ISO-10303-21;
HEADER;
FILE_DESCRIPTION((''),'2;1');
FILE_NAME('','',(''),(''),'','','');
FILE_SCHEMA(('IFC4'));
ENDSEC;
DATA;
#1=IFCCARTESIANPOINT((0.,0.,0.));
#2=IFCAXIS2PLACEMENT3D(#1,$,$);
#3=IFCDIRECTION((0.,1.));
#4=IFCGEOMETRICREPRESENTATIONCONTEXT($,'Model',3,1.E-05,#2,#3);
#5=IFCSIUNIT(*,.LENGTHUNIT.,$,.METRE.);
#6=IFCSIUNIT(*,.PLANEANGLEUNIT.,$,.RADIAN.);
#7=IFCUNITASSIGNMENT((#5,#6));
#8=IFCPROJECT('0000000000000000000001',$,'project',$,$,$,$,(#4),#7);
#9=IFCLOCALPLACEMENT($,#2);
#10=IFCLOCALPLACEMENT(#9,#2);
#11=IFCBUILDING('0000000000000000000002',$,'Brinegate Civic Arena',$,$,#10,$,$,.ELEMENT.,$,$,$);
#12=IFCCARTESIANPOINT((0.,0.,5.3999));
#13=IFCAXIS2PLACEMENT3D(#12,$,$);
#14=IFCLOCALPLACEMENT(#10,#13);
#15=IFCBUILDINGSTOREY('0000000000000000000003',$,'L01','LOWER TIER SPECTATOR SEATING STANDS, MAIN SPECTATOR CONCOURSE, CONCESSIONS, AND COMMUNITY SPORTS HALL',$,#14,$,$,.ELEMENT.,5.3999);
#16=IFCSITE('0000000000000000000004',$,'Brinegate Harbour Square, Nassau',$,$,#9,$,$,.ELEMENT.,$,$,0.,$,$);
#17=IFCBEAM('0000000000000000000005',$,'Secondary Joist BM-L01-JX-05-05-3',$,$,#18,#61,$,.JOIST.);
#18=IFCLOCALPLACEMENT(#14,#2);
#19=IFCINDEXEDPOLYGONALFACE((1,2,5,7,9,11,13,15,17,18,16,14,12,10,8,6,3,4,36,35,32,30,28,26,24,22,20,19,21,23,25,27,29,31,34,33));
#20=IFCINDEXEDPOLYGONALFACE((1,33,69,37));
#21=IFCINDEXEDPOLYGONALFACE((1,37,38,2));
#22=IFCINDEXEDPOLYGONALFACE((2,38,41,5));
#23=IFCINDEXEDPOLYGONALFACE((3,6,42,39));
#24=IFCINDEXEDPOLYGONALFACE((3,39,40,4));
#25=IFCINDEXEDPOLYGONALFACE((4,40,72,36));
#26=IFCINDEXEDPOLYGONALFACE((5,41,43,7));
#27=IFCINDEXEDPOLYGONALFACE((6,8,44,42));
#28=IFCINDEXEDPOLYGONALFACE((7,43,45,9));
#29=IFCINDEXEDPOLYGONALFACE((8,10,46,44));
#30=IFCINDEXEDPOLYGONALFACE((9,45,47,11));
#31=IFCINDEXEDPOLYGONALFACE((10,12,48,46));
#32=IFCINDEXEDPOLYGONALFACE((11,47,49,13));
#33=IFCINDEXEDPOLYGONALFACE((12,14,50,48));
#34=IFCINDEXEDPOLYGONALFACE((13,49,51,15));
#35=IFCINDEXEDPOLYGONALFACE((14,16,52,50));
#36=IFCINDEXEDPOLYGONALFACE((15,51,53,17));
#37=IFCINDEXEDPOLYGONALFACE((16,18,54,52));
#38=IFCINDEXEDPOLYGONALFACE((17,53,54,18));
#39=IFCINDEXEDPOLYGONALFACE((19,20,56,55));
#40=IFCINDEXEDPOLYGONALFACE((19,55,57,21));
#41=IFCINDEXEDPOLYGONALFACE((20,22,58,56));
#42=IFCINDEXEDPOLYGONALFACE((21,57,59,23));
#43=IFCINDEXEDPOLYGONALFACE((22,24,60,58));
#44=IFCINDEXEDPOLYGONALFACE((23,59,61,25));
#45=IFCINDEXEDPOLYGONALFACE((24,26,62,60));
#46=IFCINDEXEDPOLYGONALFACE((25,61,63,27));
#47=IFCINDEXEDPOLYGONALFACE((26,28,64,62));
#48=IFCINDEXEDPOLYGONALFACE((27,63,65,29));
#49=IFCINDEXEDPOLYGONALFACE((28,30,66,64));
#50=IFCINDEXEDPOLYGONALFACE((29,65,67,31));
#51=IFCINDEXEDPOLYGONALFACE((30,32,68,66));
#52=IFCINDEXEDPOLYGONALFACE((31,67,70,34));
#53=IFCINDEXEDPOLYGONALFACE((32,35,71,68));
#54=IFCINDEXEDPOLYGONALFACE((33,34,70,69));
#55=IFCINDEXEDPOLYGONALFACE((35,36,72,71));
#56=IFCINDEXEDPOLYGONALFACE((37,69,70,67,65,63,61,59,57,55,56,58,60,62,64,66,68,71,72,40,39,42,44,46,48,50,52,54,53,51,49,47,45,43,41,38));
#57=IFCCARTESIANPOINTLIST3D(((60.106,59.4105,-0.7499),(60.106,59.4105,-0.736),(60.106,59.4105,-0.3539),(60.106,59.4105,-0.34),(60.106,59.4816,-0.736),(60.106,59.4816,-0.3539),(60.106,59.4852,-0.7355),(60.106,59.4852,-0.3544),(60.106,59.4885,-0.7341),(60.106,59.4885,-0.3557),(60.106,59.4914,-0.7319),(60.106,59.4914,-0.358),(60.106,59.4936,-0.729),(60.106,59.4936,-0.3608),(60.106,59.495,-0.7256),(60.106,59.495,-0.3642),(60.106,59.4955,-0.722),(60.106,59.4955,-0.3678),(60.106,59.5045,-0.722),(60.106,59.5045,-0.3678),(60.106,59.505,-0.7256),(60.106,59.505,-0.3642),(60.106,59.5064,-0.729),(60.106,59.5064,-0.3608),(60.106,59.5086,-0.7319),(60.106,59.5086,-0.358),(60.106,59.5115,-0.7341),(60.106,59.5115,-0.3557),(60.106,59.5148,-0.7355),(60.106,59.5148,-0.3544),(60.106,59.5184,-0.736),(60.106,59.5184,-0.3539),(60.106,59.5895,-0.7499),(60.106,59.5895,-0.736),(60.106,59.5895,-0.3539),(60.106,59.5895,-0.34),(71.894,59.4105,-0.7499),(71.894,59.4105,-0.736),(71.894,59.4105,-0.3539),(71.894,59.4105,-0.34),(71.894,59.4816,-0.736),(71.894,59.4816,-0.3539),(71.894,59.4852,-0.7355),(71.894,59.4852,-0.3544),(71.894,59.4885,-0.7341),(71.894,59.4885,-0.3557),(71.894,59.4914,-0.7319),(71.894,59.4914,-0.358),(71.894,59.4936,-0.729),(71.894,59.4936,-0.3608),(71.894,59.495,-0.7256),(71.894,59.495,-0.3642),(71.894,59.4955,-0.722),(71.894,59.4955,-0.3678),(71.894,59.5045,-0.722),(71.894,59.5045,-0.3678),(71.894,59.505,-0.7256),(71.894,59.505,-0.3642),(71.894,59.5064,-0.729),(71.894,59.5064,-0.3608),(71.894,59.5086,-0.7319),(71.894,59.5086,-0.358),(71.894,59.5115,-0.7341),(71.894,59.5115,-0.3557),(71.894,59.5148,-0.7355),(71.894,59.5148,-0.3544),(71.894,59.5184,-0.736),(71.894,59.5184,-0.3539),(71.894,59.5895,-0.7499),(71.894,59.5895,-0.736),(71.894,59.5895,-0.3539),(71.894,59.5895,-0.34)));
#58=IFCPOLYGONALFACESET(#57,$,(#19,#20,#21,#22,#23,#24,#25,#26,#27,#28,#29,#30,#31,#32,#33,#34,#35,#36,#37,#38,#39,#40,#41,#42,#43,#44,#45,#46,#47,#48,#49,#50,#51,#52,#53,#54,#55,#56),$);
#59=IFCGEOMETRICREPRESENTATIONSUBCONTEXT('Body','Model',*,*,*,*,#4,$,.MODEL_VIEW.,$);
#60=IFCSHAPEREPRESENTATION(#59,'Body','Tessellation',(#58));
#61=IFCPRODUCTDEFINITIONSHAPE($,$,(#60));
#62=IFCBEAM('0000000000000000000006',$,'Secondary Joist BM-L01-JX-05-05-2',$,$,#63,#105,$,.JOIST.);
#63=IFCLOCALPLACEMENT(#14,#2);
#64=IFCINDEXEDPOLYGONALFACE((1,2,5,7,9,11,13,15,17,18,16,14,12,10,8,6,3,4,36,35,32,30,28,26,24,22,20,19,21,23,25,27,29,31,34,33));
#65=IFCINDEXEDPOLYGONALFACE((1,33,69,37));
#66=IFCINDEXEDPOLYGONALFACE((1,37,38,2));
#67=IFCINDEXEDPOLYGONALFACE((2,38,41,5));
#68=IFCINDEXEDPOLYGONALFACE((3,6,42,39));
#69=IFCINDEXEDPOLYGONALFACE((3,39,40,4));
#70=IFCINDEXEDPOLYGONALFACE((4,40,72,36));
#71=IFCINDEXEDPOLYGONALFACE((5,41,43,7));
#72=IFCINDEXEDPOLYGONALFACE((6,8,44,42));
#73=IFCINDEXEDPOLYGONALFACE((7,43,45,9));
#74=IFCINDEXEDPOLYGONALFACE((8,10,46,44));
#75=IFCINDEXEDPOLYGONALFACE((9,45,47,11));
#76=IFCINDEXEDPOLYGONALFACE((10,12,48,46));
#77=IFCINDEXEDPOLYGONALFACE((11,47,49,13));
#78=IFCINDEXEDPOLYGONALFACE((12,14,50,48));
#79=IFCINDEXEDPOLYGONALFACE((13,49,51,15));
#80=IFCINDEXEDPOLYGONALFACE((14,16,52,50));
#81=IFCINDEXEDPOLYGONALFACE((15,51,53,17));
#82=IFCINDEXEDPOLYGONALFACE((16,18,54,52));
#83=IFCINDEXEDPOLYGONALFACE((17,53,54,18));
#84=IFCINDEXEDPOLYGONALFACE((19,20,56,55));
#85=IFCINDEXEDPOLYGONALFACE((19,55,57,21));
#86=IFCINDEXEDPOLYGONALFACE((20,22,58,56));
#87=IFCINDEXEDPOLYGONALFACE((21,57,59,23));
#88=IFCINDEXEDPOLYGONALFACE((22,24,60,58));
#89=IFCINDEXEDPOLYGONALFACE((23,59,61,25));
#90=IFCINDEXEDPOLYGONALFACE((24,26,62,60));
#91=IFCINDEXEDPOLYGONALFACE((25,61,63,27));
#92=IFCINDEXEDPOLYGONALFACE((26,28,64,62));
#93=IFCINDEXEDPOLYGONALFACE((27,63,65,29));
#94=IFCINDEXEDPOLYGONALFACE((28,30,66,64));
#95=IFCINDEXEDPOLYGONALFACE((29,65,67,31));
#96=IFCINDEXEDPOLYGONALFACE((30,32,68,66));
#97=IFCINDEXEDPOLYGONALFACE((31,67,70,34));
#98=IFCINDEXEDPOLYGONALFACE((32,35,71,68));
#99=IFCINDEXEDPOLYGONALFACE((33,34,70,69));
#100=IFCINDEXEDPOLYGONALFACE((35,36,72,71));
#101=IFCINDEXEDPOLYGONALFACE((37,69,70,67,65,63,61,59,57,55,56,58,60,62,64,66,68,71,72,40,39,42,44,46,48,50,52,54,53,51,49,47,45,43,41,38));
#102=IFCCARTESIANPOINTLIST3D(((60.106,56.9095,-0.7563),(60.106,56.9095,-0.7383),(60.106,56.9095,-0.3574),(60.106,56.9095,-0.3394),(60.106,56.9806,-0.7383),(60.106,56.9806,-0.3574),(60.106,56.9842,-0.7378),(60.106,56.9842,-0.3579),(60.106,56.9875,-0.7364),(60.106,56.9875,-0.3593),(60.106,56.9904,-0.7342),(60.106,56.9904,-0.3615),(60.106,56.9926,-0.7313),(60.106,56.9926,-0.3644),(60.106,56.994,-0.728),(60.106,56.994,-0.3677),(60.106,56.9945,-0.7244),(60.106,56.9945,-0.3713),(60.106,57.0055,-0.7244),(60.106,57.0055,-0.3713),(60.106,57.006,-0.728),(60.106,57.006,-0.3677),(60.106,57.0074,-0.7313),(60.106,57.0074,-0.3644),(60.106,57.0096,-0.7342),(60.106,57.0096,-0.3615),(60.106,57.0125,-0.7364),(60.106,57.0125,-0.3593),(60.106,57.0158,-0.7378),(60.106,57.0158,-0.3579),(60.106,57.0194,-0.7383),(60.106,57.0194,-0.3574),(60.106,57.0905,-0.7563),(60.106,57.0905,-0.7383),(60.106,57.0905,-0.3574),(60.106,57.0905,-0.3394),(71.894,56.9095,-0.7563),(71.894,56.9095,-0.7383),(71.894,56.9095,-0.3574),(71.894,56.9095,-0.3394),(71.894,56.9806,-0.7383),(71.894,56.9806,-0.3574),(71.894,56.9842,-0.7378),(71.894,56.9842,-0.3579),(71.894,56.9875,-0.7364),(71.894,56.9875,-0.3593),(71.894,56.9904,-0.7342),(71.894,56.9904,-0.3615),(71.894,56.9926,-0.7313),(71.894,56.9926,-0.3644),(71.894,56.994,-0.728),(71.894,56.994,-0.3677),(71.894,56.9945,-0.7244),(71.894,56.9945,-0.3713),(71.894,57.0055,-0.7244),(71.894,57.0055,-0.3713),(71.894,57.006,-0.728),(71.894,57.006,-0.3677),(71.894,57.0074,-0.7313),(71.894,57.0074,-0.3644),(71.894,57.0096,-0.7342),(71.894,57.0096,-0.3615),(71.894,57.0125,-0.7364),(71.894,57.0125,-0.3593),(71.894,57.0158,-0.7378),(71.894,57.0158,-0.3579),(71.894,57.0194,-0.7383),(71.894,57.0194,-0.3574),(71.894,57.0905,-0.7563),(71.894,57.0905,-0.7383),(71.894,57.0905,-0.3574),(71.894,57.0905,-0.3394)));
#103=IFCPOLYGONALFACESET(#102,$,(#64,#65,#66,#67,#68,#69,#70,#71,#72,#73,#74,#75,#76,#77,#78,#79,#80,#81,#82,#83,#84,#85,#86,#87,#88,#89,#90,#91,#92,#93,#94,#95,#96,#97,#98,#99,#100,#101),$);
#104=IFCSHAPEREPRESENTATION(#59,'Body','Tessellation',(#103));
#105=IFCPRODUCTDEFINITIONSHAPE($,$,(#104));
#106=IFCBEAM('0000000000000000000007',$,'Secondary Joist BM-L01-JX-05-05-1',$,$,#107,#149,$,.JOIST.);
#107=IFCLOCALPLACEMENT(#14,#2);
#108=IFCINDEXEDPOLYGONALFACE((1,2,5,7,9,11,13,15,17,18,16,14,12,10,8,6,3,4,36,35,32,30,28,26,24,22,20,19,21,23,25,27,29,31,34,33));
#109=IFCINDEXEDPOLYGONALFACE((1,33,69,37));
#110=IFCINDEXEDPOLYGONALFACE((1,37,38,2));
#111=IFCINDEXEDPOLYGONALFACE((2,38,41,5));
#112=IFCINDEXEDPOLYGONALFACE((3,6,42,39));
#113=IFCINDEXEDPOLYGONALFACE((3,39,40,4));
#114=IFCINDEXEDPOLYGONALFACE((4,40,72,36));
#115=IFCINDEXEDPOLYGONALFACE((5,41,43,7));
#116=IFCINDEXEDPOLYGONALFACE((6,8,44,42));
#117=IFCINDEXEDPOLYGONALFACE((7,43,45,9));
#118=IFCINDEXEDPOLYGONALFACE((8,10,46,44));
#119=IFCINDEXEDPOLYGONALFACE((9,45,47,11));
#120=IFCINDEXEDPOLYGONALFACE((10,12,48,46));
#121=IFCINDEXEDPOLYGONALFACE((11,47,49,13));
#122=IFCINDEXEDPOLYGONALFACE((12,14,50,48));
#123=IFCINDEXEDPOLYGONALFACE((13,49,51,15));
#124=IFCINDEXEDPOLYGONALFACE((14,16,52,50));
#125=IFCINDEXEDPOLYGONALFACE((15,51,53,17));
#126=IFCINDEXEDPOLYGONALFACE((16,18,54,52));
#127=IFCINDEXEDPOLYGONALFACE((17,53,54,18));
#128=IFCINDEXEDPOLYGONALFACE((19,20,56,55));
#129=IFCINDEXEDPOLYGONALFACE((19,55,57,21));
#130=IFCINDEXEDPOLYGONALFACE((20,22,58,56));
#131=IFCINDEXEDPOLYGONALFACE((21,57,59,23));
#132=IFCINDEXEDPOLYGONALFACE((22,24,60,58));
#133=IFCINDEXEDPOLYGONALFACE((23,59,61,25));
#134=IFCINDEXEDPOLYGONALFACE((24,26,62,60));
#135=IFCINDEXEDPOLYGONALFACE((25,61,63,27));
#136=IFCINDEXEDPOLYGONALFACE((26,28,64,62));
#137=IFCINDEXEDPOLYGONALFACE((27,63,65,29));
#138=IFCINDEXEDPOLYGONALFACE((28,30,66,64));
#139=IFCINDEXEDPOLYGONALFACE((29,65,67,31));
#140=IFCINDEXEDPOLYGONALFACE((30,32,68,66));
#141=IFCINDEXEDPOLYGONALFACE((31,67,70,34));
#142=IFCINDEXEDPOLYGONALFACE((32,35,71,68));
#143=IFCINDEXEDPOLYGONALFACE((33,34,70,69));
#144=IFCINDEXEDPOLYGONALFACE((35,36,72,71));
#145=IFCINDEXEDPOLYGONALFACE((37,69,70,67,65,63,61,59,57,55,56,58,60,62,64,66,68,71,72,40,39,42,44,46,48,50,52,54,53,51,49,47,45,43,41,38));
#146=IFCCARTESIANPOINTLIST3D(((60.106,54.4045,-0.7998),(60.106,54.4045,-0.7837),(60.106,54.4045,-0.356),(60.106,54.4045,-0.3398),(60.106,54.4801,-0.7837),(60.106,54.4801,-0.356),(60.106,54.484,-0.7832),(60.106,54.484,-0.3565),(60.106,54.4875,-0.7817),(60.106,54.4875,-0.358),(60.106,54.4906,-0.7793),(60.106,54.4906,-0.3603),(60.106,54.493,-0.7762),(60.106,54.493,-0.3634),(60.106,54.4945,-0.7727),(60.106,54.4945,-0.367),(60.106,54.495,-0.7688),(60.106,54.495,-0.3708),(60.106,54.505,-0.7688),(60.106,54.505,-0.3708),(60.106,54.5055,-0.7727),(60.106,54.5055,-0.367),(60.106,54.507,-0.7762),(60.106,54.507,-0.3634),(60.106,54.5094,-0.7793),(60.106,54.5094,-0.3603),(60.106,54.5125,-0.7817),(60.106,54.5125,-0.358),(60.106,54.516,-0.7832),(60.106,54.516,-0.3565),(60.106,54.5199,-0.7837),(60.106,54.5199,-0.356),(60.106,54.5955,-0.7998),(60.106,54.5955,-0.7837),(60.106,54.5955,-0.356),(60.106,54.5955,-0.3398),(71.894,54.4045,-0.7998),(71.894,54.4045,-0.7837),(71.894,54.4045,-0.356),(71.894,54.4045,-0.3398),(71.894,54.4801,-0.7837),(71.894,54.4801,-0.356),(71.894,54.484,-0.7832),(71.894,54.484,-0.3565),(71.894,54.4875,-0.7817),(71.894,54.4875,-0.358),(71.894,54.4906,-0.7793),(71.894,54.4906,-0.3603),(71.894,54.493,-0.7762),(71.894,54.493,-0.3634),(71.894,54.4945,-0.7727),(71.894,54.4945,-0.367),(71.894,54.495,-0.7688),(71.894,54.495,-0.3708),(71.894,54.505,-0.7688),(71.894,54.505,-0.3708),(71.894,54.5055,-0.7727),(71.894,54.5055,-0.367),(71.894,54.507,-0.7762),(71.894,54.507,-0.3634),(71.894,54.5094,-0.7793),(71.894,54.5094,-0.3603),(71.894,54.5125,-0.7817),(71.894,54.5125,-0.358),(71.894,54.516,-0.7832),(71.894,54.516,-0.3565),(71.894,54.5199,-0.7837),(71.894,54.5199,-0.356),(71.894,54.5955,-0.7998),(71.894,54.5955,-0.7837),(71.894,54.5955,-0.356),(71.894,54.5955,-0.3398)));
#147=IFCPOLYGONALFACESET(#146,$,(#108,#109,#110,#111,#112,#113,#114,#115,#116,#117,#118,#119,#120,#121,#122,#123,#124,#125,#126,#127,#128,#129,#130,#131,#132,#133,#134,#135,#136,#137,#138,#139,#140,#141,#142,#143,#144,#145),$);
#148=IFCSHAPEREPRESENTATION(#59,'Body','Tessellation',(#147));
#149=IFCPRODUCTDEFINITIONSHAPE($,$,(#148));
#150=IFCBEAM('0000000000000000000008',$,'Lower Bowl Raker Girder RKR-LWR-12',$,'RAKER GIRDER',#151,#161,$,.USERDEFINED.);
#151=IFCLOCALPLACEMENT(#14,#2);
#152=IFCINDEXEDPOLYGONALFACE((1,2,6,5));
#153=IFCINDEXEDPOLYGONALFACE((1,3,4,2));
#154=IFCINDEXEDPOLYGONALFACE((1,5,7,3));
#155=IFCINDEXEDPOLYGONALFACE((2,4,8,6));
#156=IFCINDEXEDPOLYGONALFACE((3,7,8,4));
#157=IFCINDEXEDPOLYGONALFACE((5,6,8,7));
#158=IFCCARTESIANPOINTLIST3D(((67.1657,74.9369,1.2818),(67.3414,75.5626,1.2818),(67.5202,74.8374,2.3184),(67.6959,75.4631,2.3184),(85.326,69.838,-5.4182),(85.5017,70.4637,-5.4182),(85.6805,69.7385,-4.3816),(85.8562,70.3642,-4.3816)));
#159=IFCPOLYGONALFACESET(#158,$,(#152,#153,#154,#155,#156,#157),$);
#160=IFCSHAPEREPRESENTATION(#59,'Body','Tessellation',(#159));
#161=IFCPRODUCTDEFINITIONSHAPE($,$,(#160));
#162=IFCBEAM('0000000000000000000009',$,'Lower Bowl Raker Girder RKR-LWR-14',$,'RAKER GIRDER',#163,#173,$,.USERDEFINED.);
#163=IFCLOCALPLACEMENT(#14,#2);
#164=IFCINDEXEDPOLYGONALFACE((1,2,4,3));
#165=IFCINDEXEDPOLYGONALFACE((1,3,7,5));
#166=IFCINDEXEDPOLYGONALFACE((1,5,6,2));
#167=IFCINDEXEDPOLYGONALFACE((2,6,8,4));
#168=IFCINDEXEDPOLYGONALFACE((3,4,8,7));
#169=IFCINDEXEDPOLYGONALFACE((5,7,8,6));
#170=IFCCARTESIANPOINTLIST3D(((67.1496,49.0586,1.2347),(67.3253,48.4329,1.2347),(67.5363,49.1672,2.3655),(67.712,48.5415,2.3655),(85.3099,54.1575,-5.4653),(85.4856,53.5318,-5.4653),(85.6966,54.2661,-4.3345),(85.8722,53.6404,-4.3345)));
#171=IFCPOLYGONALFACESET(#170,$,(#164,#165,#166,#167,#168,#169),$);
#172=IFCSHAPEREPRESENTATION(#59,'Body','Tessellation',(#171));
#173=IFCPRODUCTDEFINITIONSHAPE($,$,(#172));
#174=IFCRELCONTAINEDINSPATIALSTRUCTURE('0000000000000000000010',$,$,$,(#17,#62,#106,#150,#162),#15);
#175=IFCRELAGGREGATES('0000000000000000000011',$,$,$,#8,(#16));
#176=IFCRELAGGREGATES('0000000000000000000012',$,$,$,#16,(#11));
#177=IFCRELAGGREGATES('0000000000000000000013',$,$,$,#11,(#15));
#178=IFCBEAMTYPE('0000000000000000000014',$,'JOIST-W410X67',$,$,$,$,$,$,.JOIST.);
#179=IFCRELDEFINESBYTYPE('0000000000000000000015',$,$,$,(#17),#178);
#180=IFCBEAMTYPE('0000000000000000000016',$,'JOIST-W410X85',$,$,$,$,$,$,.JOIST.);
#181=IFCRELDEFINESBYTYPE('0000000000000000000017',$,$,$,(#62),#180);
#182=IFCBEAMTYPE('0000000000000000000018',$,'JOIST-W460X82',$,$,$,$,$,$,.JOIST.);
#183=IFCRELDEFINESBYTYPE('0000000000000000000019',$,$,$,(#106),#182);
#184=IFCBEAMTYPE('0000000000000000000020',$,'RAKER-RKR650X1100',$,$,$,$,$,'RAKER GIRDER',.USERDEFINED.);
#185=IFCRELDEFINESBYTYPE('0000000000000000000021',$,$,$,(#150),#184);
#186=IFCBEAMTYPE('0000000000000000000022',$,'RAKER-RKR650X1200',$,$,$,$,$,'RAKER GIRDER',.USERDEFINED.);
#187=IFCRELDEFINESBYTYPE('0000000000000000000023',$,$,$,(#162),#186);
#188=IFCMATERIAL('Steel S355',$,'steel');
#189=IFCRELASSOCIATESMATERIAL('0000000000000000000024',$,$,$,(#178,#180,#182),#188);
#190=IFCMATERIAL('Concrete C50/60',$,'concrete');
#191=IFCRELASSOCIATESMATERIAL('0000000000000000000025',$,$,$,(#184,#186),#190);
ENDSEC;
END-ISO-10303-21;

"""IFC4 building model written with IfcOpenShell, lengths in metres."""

from ifc_helpers import new_model, si_unit, direction, frame, origin, origin_2d, place, context, subcontext, project, spatial, rectangle, i_section, extrude, material, material_profile, profile_set, type_object, element, save


model = new_model("IFC4")

# Units and contexts
model_context = context("Model", 3, precision=1e-05, world=origin(), true_north=direction((0.0, 1.0)))
body_context = subcontext(model_context, "Body", "Model", "MODEL_VIEW")
ifc_project = project(units=[si_unit("LENGTHUNIT", "METRE"), si_unit("PLANEANGLEUNIT", "RADIAN")], contexts=[model_context])

# Site, building, storey
site_placement = place(None, origin())
site = spatial("IfcSite", under=ifc_project, at=site_placement, Name="Brinegate Harbour Square, Nassau", CompositionType="ELEMENT", RefElevation=0.0)
building_placement = place(site_placement, origin())
building = spatial("IfcBuilding", under=site, at=building_placement, Name="Brinegate Civic Arena", CompositionType="ELEMENT")
storey_placement = place(building_placement, frame((0.0, 0.0, 5.3999)))
storey = spatial("IfcBuildingStorey", under=building, at=storey_placement, Name="L01", Description="LOWER TIER SPECTATOR SEATING STANDS, MAIN SPECTATOR CONCOURSE, CONCESSIONS, AND COMMUNITY SPORTS HALL", CompositionType="ELEMENT", Elevation=5.3999)

# Shared definitions
ifc_material_1 = material(Name="Concrete C50/60", Category="concrete")

# Beams
ifc_material_2 = material(Name="Steel S355", Category="steel")
ifc_material_profile_1 = material_profile(ifc_material_2, i_section(OverallWidth=0.179, OverallDepth=0.4099, WebThickness=0.009, FlangeThickness=0.0139, FilletRadius=0.0139, at=origin_2d()), Name="W410X67")
ifc_profile_set_1 = profile_set([ifc_material_profile_1], Name="Steel S355")
beam_type_1 = type_object("IfcBeamType", Name="JOIST-W410X67", PredefinedType="JOIST", material=ifc_profile_set_1)
beam_1_placement = place(storey_placement, frame((60.106, 59.5, -0.5449), z_axis=(1.0, 0.0, 0.0), x_axis=(0.0, 1.0, 0.0)))
element("IfcBeam", 1, at=beam_1_placement, inside=storey, type_object=beam_type_1, Name="Secondary Joist BM-L01-JX-05-05-3", PredefinedType="JOIST", context=body_context, shape_type="SweptSolid", body=[
    extrude(i_section(OverallWidth=0.179, OverallDepth=0.4099, WebThickness=0.009, FlangeThickness=0.0139, FilletRadius=0.0139, at=origin_2d()), origin(), (0.0, 0.0, 1.0), 11.7881),
])
ifc_material_profile_2 = material_profile(ifc_material_2, i_section(OverallWidth=0.1809, OverallDepth=0.417, WebThickness=0.011, FlangeThickness=0.0181, FilletRadius=0.0139, at=origin_2d()), Name="W410X85")
ifc_profile_set_2 = profile_set([ifc_material_profile_2], Name="Steel S355")
beam_type_2 = type_object("IfcBeamType", Name="JOIST-W410X85", PredefinedType="JOIST", material=ifc_profile_set_2)
beam_2_placement = place(storey_placement, frame((60.106, 57.0, -0.5479), z_axis=(1.0, 0.0, 0.0), x_axis=(0.0, 1.0, 0.0)))
element("IfcBeam", 2, at=beam_2_placement, inside=storey, type_object=beam_type_2, Name="Secondary Joist BM-L01-JX-05-05-2", PredefinedType="JOIST", context=body_context, shape_type="SweptSolid", body=[
    extrude(i_section(OverallWidth=0.1809, OverallDepth=0.417, WebThickness=0.011, FlangeThickness=0.0181, FilletRadius=0.0139, at=origin_2d()), origin(), (0.0, 0.0, 1.0), 11.7881),
])
ifc_material_profile_3 = material_profile(ifc_material_2, i_section(OverallWidth=0.1909, OverallDepth=0.46, WebThickness=0.01, FlangeThickness=0.0161, FilletRadius=0.0149, at=origin_2d()), Name="W460X82")
ifc_profile_set_3 = profile_set([ifc_material_profile_3], Name="Steel S355")
beam_type_3 = type_object("IfcBeamType", Name="JOIST-W460X82", PredefinedType="JOIST", material=ifc_profile_set_3)
beam_3_placement = place(storey_placement, frame((60.106, 54.5, -0.5698), z_axis=(1.0, 0.0, 0.0), x_axis=(0.0, 1.0, 0.0)))
element("IfcBeam", 3, at=beam_3_placement, inside=storey, type_object=beam_type_3, Name="Secondary Joist BM-L01-JX-05-05-1", PredefinedType="JOIST", context=body_context, shape_type="SweptSolid", body=[
    extrude(i_section(OverallWidth=0.1909, OverallDepth=0.46, WebThickness=0.01, FlangeThickness=0.0161, FilletRadius=0.0149, at=origin_2d()), origin(), (0.0, 0.0, 1.0), 11.7881),
])
ifc_material_profile_4 = material_profile(ifc_material_1, rectangle(XDim=0.6499, YDim=1.1001, at=origin_2d()), Name="RKR650X1100")
ifc_profile_set_4 = profile_set([ifc_material_profile_4], Name="Concrete C50/60")
beam_type_4 = type_object("IfcBeamType", Name="RAKER-RKR650X1100", ElementType="RAKER GIRDER", PredefinedType="USERDEFINED", material=ifc_profile_set_4)
beam_4_placement = place(storey_placement, frame((85.5911, 70.1011, -4.8999), z_axis=(-0.907238, 0.254728, 0.334714), x_axis=(-0.27032, -0.962771, 0.0)))
element("IfcBeam", 4, at=beam_4_placement, inside=storey, type_object=beam_type_4, Name="Lower Bowl Raker Girder RKR-LWR-12", ObjectType="RAKER GIRDER", PredefinedType="USERDEFINED", context=body_context, shape_type="SweptSolid", body=[
    extrude(rectangle(XDim=0.6499, YDim=1.1001, at=origin_2d()), origin(), (0.0, 0.0, 1.0), 20.0171),
])
ifc_material_profile_5 = material_profile(ifc_material_1, rectangle(XDim=0.6499, YDim=1.2, at=origin_2d()), Name="RKR650X1200")
ifc_profile_set_5 = profile_set([ifc_material_profile_5], Name="Concrete C50/60")
beam_type_5 = type_object("IfcBeamType", Name="RAKER-RKR650X1200", ElementType="RAKER GIRDER", PredefinedType="USERDEFINED", material=ifc_profile_set_5)
beam_5_placement = place(storey_placement, frame((85.5911, 53.8989, -4.8999), z_axis=(-0.907238, -0.254728, 0.334714), x_axis=(0.27032, -0.962771, 0.0)))
element("IfcBeam", 5, at=beam_5_placement, inside=storey, type_object=beam_type_5, Name="Lower Bowl Raker Girder RKR-LWR-14", ObjectType="RAKER GIRDER", PredefinedType="USERDEFINED", context=body_context, shape_type="SweptSolid", body=[
    extrude(rectangle(XDim=0.6499, YDim=1.2, at=origin_2d()), origin(), (0.0, 0.0, 1.0), 20.0171),
])

save(model, "model.ifc")
